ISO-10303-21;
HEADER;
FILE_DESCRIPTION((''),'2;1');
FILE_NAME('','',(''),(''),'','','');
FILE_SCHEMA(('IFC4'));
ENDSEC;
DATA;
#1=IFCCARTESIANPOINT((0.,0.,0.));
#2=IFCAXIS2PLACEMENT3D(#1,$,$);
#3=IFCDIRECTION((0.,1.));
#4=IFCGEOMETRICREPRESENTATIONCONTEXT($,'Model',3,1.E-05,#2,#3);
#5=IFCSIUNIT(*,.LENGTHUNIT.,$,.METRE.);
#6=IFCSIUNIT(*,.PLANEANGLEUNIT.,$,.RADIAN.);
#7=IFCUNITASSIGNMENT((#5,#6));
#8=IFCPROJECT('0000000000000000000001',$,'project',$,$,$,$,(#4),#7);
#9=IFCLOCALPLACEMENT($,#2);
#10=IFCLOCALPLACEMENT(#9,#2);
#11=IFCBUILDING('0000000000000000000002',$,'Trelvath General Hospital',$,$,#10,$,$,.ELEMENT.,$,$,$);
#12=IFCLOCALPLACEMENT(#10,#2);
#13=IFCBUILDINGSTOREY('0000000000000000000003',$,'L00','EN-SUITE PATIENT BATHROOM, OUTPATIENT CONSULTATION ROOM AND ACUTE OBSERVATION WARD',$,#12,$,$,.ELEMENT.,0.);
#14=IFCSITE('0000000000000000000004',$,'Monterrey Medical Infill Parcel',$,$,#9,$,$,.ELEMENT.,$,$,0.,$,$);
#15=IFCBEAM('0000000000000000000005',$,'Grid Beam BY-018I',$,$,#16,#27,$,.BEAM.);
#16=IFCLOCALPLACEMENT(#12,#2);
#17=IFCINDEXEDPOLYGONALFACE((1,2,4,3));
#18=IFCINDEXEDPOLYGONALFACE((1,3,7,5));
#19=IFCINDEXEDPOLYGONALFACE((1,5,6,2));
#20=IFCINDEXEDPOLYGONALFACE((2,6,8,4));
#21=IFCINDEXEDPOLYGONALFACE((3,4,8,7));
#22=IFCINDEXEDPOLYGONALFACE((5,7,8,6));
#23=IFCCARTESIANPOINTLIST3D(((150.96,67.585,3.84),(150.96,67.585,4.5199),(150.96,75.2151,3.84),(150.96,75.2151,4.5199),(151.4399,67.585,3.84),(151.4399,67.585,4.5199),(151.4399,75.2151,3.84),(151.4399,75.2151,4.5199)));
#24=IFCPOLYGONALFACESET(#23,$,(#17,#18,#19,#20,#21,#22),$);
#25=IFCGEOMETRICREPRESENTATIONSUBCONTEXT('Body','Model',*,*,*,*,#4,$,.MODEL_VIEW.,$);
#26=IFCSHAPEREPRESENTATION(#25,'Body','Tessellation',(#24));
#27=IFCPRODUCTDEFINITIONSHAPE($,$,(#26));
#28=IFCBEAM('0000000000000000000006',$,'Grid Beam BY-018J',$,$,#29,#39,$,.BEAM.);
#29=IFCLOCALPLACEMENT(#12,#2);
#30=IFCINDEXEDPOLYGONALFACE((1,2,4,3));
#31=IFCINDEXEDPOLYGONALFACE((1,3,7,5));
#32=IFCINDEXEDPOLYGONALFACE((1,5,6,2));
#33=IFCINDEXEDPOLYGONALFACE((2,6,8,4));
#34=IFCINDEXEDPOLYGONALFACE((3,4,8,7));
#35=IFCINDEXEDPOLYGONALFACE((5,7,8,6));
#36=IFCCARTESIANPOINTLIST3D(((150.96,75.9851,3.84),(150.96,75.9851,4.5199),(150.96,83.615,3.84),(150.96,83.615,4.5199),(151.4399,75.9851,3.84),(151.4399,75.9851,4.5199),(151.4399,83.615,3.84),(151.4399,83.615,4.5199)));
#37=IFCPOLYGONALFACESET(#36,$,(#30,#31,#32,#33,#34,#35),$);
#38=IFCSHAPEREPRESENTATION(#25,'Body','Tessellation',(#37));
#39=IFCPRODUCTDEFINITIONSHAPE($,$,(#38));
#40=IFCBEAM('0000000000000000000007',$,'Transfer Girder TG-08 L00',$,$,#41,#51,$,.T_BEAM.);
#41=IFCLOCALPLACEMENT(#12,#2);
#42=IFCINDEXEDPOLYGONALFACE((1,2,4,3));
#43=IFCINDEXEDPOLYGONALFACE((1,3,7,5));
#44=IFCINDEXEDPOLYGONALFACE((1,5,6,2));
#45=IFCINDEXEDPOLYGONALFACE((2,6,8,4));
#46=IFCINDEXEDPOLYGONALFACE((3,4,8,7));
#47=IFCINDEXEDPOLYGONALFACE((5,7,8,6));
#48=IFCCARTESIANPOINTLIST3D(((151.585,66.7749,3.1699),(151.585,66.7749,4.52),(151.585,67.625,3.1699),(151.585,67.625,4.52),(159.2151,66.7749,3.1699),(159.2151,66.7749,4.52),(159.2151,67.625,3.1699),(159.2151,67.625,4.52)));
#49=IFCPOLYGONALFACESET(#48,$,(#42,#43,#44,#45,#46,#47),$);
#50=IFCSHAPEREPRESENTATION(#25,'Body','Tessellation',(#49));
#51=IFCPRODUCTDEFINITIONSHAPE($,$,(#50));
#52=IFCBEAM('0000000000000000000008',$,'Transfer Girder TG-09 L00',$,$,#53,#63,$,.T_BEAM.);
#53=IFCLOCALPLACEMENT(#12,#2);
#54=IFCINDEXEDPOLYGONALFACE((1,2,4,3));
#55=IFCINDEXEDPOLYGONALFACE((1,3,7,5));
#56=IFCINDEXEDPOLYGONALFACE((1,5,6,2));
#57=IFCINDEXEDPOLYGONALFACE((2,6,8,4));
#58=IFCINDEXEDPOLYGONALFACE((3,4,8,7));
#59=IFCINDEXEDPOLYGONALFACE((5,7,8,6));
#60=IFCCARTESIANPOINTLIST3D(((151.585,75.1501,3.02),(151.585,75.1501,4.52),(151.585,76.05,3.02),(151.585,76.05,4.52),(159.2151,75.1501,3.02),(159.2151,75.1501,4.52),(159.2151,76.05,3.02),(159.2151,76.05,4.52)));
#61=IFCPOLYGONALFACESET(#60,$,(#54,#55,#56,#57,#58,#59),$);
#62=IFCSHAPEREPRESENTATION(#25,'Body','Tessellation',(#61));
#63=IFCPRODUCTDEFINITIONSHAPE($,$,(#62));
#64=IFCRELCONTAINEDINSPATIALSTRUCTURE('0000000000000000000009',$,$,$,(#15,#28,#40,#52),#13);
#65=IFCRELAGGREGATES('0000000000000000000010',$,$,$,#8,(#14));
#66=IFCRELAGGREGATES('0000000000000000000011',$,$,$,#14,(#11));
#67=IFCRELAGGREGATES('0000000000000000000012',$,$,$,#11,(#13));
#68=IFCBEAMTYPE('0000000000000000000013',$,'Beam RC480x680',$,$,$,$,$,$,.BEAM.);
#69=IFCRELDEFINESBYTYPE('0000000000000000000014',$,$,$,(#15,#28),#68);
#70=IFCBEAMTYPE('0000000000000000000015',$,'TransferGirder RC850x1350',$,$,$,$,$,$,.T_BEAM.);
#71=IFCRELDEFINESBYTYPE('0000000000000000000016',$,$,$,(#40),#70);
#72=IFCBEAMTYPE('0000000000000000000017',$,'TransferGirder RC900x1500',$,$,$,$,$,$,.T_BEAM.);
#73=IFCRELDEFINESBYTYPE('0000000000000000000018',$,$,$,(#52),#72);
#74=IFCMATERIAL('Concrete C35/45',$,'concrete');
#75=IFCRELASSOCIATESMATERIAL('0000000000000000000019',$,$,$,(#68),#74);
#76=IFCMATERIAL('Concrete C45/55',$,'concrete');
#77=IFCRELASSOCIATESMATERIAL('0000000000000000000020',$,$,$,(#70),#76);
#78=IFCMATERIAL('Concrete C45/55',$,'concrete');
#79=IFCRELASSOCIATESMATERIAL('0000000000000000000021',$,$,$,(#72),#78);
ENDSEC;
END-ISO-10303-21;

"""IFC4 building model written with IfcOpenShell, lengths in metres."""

from ifc_helpers import new_model, si_unit, direction, frame, origin, origin_2d, place, context, subcontext, project, spatial, rectangle, extrude, material, material_profile, profile_set, type_object, element, save


model = new_model("IFC4")

# Units and contexts
model_context = context("Model", 3, precision=1e-05, world=origin(), true_north=direction((0.0, 1.0)))
body_context = subcontext(model_context, "Body", "Model", "MODEL_VIEW")
ifc_project = project(units=[si_unit("LENGTHUNIT", "METRE"), si_unit("PLANEANGLEUNIT", "RADIAN")], contexts=[model_context])

# Site, building, storey
site_placement = place(None, origin())
site = spatial("IfcSite", under=ifc_project, at=site_placement, Name="Monterrey Medical Infill Parcel", CompositionType="ELEMENT", RefElevation=0.0)
building_placement = place(site_placement, origin())
building = spatial("IfcBuilding", under=site, at=building_placement, Name="Trelvath General Hospital", CompositionType="ELEMENT")
storey_placement = place(building_placement, origin())
storey = spatial("IfcBuildingStorey", under=building, at=storey_placement, Name="L00", Description="EN-SUITE PATIENT BATHROOM, OUTPATIENT CONSULTATION ROOM AND ACUTE OBSERVATION WARD", CompositionType="ELEMENT", Elevation=0.0)

# Beams
ifc_material_1 = material(Name="Concrete C35/45", Category="concrete")
ifc_material_profile_1 = material_profile(ifc_material_1, rectangle(XDim=0.48, YDim=0.6799, at=origin_2d()), Name="RCB480x680")
ifc_profile_set_1 = profile_set([ifc_material_profile_1], Name="Concrete C35/45")
beam_type_1 = type_object("IfcBeamType", Name="Beam RC480x680", PredefinedType="BEAM", material=ifc_profile_set_1)
beam_1_placement = place(storey_placement, frame((151.2, 67.585, 4.1799), z_axis=(0.0, 1.0, 0.0), x_axis=(-1.0, 0.0, 0.0)))
element("IfcBeam", 1, at=beam_1_placement, inside=storey, type_object=beam_type_1, Name="Grid Beam BY-018I", PredefinedType="BEAM", context=body_context, shape_type="SweptSolid", body=[
    extrude(rectangle(XDim=0.48, YDim=0.6799, at=origin_2d()), origin(), (0.0, 0.0, 1.0), 7.6301),
])
beam_2_placement = place(storey_placement, frame((151.2, 75.9851, 4.1799), z_axis=(0.0, 1.0, 0.0), x_axis=(-1.0, 0.0, 0.0)))
element("IfcBeam", 2, at=beam_2_placement, inside=storey, type_object=beam_type_1, Name="Grid Beam BY-018J", PredefinedType="BEAM", context=body_context, shape_type="SweptSolid", body=[
    extrude(rectangle(XDim=0.48, YDim=0.6799, at=origin_2d()), origin(), (0.0, 0.0, 1.0), 7.6299),
])
ifc_material_2 = material(Name="Concrete C45/55", Category="concrete")
ifc_material_profile_2 = material_profile(ifc_material_2, rectangle(XDim=0.8501, YDim=1.3501, at=origin_2d()), Name="RCB850x1350")
ifc_profile_set_2 = profile_set([ifc_material_profile_2], Name="Concrete C45/55")
beam_type_2 = type_object("IfcBeamType", Name="TransferGirder RC850x1350", PredefinedType="T_BEAM", material=ifc_profile_set_2)
beam_3_placement = place(storey_placement, frame((151.585, 67.2, 3.845), z_axis=(1.0, 0.0, 0.0), x_axis=(0.0, 1.0, 0.0)))
element("IfcBeam", 3, at=beam_3_placement, inside=storey, type_object=beam_type_2, Name="Transfer Girder TG-08 L00", PredefinedType="T_BEAM", context=body_context, shape_type="SweptSolid", body=[
    extrude(rectangle(XDim=0.8501, YDim=1.3501, at=origin_2d()), origin(), (0.0, 0.0, 1.0), 7.6301),
])
ifc_material_3 = material(Name="Concrete C45/55", Category="concrete")
ifc_material_profile_3 = material_profile(ifc_material_3, rectangle(XDim=0.8999, YDim=1.5, at=origin_2d()), Name="RCB900x1500")
ifc_profile_set_3 = profile_set([ifc_material_profile_3], Name="Concrete C45/55")
beam_type_3 = type_object("IfcBeamType", Name="TransferGirder RC900x1500", PredefinedType="T_BEAM", material=ifc_profile_set_3)
beam_4_placement = place(storey_placement, frame((151.585, 75.6001, 3.77), z_axis=(1.0, 0.0, 0.0), x_axis=(0.0, 1.0, 0.0)))
element("IfcBeam", 4, at=beam_4_placement, inside=storey, type_object=beam_type_3, Name="Transfer Girder TG-09 L00", PredefinedType="T_BEAM", context=body_context, shape_type="SweptSolid", body=[
    extrude(rectangle(XDim=0.8999, YDim=1.5, at=origin_2d()), origin(), (0.0, 0.0, 1.0), 7.6301),
])

save(model, "model.ifc")
